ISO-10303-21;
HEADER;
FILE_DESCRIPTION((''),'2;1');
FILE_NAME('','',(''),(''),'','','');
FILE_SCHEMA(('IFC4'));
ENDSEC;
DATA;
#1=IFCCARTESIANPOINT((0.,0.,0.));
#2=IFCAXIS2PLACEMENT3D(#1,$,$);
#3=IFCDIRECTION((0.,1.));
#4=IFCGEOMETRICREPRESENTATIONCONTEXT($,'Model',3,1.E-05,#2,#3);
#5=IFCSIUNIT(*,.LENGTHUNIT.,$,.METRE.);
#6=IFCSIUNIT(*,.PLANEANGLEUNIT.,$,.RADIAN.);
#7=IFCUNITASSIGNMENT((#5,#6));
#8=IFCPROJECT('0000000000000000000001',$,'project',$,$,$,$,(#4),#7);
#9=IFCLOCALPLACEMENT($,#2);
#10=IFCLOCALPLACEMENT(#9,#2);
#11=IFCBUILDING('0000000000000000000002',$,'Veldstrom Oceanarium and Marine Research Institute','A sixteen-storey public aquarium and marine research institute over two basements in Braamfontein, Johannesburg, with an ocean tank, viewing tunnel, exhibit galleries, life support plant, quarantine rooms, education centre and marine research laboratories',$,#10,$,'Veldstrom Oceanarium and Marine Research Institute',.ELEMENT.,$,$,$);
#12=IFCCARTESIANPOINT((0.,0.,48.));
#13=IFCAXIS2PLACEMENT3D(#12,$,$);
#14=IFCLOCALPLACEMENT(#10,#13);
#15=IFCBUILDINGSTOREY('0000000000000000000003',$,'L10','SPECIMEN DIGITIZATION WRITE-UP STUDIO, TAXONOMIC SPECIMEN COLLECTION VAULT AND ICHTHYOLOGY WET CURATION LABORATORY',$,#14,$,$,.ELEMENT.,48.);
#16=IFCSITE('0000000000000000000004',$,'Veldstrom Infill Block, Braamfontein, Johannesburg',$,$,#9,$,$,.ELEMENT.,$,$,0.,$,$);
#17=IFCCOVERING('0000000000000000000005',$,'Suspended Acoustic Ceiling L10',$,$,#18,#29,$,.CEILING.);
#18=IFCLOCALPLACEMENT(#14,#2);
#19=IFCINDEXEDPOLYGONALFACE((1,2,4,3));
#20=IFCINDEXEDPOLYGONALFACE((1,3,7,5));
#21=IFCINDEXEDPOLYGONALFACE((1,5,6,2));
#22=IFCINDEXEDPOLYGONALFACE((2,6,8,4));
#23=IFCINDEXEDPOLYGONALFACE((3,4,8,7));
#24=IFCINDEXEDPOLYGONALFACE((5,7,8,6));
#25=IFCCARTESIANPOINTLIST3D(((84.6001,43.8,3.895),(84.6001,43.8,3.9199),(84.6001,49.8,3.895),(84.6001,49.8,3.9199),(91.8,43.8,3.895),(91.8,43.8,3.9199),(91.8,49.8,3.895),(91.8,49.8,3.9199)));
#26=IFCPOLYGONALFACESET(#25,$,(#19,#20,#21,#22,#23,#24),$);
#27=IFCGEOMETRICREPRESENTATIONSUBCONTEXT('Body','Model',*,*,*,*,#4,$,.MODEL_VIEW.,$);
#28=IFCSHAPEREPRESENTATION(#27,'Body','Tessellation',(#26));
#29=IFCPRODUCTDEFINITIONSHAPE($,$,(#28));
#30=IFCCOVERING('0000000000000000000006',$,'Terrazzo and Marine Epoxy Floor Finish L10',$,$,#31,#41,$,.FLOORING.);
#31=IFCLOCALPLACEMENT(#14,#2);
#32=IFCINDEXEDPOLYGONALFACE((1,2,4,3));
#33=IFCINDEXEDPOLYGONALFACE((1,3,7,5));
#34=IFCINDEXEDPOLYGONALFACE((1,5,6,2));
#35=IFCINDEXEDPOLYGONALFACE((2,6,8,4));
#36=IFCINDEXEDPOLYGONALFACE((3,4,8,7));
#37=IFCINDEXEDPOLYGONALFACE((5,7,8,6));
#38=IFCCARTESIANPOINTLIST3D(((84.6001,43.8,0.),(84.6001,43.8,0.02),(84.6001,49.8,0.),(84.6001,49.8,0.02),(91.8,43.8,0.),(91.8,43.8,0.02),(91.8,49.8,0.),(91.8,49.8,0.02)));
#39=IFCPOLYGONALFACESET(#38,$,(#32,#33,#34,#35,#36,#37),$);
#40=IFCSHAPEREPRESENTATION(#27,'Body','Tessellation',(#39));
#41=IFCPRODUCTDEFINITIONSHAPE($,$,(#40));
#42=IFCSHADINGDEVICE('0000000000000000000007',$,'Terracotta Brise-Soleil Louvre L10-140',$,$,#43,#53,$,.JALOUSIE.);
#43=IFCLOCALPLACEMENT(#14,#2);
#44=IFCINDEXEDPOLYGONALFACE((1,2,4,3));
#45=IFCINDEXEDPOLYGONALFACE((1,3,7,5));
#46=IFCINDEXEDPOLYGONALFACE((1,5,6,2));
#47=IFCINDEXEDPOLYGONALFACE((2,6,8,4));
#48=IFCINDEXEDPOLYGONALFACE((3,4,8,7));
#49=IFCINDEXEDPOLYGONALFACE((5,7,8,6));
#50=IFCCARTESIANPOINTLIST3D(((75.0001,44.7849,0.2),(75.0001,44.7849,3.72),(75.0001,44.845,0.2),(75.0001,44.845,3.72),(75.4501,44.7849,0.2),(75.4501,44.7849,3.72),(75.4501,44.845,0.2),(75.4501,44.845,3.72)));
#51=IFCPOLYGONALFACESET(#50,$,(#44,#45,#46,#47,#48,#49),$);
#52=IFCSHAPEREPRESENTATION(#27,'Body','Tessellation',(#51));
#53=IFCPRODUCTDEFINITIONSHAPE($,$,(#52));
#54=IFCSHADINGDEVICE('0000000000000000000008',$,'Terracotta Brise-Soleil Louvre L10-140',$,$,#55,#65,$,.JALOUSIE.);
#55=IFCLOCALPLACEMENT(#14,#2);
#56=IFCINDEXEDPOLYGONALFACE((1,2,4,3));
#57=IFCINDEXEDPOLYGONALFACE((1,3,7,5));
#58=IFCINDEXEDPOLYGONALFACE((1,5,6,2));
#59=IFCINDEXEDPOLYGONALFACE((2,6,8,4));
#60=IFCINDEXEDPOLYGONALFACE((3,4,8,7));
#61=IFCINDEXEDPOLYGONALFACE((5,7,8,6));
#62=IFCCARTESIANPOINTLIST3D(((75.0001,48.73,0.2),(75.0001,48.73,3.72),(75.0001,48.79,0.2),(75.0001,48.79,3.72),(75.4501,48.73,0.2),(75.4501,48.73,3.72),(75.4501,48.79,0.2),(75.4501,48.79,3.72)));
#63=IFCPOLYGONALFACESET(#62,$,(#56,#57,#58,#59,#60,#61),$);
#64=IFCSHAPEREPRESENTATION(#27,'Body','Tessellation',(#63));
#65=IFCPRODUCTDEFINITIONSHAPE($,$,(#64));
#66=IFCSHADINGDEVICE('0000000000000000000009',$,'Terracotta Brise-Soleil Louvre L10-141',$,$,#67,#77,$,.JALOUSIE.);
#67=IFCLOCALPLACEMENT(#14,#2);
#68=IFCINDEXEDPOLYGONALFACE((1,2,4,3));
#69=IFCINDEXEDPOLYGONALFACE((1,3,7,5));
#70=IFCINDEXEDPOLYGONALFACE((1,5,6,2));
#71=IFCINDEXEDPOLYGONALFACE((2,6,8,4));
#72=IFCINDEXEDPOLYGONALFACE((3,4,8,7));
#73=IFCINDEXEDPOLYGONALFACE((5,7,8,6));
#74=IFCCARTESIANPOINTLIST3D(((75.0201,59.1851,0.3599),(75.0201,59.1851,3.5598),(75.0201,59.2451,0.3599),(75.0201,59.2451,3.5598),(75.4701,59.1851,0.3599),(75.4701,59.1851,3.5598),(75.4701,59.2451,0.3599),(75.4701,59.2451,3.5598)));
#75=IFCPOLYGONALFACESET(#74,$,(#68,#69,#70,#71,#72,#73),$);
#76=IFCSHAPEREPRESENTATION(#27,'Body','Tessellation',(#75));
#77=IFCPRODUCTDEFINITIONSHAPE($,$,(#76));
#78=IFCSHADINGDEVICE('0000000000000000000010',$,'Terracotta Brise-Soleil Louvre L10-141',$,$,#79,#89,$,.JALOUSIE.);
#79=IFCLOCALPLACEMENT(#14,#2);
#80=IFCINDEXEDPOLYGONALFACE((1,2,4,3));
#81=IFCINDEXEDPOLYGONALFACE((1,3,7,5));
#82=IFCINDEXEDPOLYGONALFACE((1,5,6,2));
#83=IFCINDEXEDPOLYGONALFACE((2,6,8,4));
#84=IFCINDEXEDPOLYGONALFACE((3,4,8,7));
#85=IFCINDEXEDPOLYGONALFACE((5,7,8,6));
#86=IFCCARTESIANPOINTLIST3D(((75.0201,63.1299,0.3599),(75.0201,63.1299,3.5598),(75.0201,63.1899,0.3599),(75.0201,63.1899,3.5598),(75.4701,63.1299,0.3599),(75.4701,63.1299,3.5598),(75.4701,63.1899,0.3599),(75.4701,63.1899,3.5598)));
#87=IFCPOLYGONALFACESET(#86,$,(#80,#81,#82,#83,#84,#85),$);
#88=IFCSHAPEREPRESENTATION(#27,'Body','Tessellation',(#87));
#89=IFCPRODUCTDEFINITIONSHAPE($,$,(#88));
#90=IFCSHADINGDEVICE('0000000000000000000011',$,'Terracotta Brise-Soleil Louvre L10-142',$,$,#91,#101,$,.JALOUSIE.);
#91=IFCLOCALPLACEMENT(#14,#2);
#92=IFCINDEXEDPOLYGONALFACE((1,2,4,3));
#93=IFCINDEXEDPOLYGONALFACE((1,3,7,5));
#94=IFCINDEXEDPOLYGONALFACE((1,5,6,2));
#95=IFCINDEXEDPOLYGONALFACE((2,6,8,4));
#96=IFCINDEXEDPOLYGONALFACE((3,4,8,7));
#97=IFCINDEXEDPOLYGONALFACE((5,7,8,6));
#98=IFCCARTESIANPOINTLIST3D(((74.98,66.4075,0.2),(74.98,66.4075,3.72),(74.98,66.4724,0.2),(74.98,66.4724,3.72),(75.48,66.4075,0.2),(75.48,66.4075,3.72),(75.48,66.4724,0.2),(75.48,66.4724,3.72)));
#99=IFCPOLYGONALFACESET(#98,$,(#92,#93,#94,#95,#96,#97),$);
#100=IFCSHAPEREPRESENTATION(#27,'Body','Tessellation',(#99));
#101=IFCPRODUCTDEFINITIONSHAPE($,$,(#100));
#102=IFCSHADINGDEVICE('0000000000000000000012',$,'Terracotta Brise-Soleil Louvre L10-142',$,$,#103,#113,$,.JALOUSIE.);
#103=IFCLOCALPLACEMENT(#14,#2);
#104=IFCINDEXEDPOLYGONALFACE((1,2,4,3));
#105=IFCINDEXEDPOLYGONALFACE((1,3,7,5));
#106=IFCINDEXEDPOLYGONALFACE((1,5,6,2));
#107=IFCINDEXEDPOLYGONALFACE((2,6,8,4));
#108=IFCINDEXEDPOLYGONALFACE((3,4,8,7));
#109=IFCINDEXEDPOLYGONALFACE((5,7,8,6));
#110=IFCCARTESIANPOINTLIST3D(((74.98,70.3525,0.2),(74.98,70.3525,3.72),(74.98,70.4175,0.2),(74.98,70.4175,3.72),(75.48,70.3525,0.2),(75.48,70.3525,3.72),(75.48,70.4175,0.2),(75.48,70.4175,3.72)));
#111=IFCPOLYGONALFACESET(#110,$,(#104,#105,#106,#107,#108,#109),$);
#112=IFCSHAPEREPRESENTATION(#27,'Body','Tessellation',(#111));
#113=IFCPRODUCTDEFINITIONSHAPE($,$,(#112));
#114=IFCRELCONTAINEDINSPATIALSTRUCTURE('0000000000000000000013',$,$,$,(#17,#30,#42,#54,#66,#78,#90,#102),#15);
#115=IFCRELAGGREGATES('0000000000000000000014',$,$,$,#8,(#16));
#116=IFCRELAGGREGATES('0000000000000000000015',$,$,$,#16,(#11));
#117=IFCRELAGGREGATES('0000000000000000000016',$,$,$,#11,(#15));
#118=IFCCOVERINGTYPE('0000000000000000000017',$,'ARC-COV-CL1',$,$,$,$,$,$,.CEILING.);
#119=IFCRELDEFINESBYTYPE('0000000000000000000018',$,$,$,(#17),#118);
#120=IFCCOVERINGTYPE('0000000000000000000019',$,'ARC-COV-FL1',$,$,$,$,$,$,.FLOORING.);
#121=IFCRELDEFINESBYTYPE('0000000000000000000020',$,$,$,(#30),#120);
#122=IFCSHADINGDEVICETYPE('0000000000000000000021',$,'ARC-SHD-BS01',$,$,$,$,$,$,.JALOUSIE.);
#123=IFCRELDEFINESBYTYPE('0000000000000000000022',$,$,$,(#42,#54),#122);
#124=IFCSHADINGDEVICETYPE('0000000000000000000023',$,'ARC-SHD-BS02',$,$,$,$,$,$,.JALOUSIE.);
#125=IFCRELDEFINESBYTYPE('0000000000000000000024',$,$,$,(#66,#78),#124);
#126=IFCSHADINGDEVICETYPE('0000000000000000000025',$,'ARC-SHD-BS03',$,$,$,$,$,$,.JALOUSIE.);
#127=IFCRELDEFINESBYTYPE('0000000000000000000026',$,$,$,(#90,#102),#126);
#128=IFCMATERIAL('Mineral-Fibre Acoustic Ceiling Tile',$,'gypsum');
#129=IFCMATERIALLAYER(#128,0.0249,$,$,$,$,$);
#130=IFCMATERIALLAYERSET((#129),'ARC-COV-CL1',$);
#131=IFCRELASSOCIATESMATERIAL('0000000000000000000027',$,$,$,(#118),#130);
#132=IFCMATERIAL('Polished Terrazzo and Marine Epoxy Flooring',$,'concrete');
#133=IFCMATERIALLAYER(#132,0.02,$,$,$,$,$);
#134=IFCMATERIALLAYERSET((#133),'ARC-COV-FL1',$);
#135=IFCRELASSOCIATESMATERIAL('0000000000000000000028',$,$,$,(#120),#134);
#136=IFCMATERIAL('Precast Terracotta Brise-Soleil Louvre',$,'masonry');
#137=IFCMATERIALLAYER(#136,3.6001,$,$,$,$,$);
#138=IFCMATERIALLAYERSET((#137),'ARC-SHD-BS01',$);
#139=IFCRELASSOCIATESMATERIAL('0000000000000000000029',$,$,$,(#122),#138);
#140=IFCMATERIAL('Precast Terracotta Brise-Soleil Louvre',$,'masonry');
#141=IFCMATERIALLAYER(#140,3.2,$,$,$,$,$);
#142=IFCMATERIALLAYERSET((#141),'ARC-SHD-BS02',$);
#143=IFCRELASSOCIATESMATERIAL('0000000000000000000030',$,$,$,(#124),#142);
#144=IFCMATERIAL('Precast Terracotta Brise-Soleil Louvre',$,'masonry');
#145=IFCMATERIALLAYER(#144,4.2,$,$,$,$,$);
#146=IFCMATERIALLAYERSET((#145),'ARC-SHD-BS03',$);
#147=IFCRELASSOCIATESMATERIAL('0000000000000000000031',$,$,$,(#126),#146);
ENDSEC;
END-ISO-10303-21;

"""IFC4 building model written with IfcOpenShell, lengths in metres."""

from ifc_helpers import new_model, si_unit, direction, frame, origin, origin_2d, place, context, subcontext, project, spatial, polyline, rectangle, outline, extrude, material, layer, layer_set, type_object, element, save


model = new_model("IFC4")

# Units and contexts
model_context = context("Model", 3, precision=1e-05, world=origin(), true_north=direction((0.0, 1.0)))
body_context = subcontext(model_context, "Body", "Model", "MODEL_VIEW")
ifc_project = project(units=[si_unit("LENGTHUNIT", "METRE"), si_unit("PLANEANGLEUNIT", "RADIAN")], contexts=[model_context])

# Site, building, storey
site_placement = place(None, origin())
site = spatial("IfcSite", under=ifc_project, at=site_placement, Name="Veldstrom Infill Block, Braamfontein, Johannesburg", CompositionType="ELEMENT", RefElevation=0.0)
building_placement = place(site_placement, origin())
building = spatial("IfcBuilding", under=site, at=building_placement, Name="Veldstrom Oceanarium and Marine Research Institute", Description="A sixteen-storey public aquarium and marine research institute over two basements in Braamfontein, Johannesburg, with an ocean tank, viewing tunnel, exhibit galleries, life support plant, quarantine rooms, education centre and marine research laboratories", LongName="Veldstrom Oceanarium and Marine Research Institute", CompositionType="ELEMENT")
storey_placement = place(building_placement, frame((0.0, 0.0, 48.0)))
storey = spatial("IfcBuildingStorey", under=building, at=storey_placement, Name="L10", Description="SPECIMEN DIGITIZATION WRITE-UP STUDIO, TAXONOMIC SPECIMEN COLLECTION VAULT AND ICHTHYOLOGY WET CURATION LABORATORY", CompositionType="ELEMENT", Elevation=48.0)

# Coverings
ifc_material_1 = material(Name="Mineral-Fibre Acoustic Ceiling Tile", Category="gypsum")
ifc_layer_1 = layer(ifc_material_1, 0.0249)
ifc_layer_set_1 = layer_set([ifc_layer_1], Name="ARC-COV-CL1")
covering_type_1 = type_object("IfcCoveringType", Name="ARC-COV-CL1", PredefinedType="CEILING", material=ifc_layer_set_1)
covering_1_placement = place(storey_placement, frame((0.0, 0.0, 3.895)))
element("IfcCovering", 1, at=covering_1_placement, inside=storey, type_object=covering_type_1, Name="Suspended Acoustic Ceiling L10", PredefinedType="CEILING", context=body_context, shape_type="SweptSolid", body=[
    extrude(outline(polyline([(84.6001, 43.8), (91.8, 43.8), (91.8, 49.8), (84.6001, 49.8), (84.6001, 43.8)])), origin(), (0.0, 0.0, 1.0), 0.0249),
])
ifc_material_2 = material(Name="Polished Terrazzo and Marine Epoxy Flooring", Category="concrete")
ifc_layer_2 = layer(ifc_material_2, 0.02)
ifc_layer_set_2 = layer_set([ifc_layer_2], Name="ARC-COV-FL1")
covering_type_2 = type_object("IfcCoveringType", Name="ARC-COV-FL1", PredefinedType="FLOORING", material=ifc_layer_set_2)
covering_2_placement = place(storey_placement, origin())
element("IfcCovering", 2, at=covering_2_placement, inside=storey, type_object=covering_type_2, Name="Terrazzo and Marine Epoxy Floor Finish L10", PredefinedType="FLOORING", context=body_context, shape_type="SweptSolid", body=[
    extrude(outline(polyline([(84.6001, 43.8), (91.8, 43.8), (91.8, 49.8), (84.6001, 49.8), (84.6001, 43.8)])), origin(), (0.0, 0.0, 1.0), 0.02),
])

# Shading devices
ifc_material_3 = material(Name="Precast Terracotta Brise-Soleil Louvre", Category="masonry")
ifc_layer_3 = layer(ifc_material_3, 3.6001)
ifc_layer_set_3 = layer_set([ifc_layer_3], Name="ARC-SHD-BS01")
shading_device_type_1 = type_object("IfcShadingDeviceType", Name="ARC-SHD-BS01", PredefinedType="JALOUSIE", material=ifc_layer_set_3)
for number, where, z_axis, x_axis, name in (
    (3, (75.2251, 44.8149, 0.2), (0.0, 0.0, 1.0), (1.0, 0.0, 0.0), "Terracotta Brise-Soleil Louvre L10-140"),
    (4, (75.2251, 48.76, 0.2), (0.0, 0.0, 1.0), (1.0, 0.0, 0.0), "Terracotta Brise-Soleil Louvre L10-140"),
):
    element("IfcShadingDevice", number, at=place(storey_placement, frame(where, z_axis=z_axis, x_axis=x_axis)), inside=storey, type_object=shading_device_type_1, Name=name, PredefinedType="JALOUSIE", context=body_context, shape_type="SweptSolid", body=[
        extrude(rectangle(XDim=0.45, YDim=0.0601, at=origin_2d()), origin(), (0.0, 0.0, 1.0), 3.52),
    ])
ifc_material_4 = material(Name="Precast Terracotta Brise-Soleil Louvre", Category="masonry")
ifc_layer_4 = layer(ifc_material_4, 3.2)
ifc_layer_set_4 = layer_set([ifc_layer_4], Name="ARC-SHD-BS02")
shading_device_type_2 = type_object("IfcShadingDeviceType", Name="ARC-SHD-BS02", PredefinedType="JALOUSIE", material=ifc_layer_set_4)
for number, where, z_axis, x_axis, name in (
    (5, (75.2451, 59.2151, 0.3599), (0.0, 0.0, 1.0), (1.0, 0.0, 0.0), "Terracotta Brise-Soleil Louvre L10-141"),
    (6, (75.2451, 63.1599, 0.3599), (0.0, 0.0, 1.0), (1.0, 0.0, 0.0), "Terracotta Brise-Soleil Louvre L10-141"),
):
    element("IfcShadingDevice", number, at=place(storey_placement, frame(where, z_axis=z_axis, x_axis=x_axis)), inside=storey, type_object=shading_device_type_2, Name=name, PredefinedType="JALOUSIE", context=body_context, shape_type="SweptSolid", body=[
        extrude(rectangle(XDim=0.45, YDim=0.0601, at=origin_2d()), origin(), (0.0, 0.0, 1.0), 3.2),
    ])
ifc_material_5 = material(Name="Precast Terracotta Brise-Soleil Louvre", Category="masonry")
ifc_layer_5 = layer(ifc_material_5, 4.2)
ifc_layer_set_5 = layer_set([ifc_layer_5], Name="ARC-SHD-BS03")
shading_device_type_3 = type_object("IfcShadingDeviceType", Name="ARC-SHD-BS03", PredefinedType="JALOUSIE", material=ifc_layer_set_5)
for number, where, z_axis, x_axis, name in (
    (7, (75.23, 66.4399, 0.2), (0.0, 0.0, 1.0), (1.0, 0.0, 0.0), "Terracotta Brise-Soleil Louvre L10-142"),
    (8, (75.23, 70.385, 0.2), (0.0, 0.0, 1.0), (1.0, 0.0, 0.0), "Terracotta Brise-Soleil Louvre L10-142"),
):
    element("IfcShadingDevice", number, at=place(storey_placement, frame(where, z_axis=z_axis, x_axis=x_axis)), inside=storey, type_object=shading_device_type_3, Name=name, PredefinedType="JALOUSIE", context=body_context, shape_type="SweptSolid", body=[
        extrude(rectangle(XDim=0.5, YDim=0.0649, at=origin_2d()), origin(), (0.0, 0.0, 1.0), 3.52),
    ])

save(model, "model.ifc")
